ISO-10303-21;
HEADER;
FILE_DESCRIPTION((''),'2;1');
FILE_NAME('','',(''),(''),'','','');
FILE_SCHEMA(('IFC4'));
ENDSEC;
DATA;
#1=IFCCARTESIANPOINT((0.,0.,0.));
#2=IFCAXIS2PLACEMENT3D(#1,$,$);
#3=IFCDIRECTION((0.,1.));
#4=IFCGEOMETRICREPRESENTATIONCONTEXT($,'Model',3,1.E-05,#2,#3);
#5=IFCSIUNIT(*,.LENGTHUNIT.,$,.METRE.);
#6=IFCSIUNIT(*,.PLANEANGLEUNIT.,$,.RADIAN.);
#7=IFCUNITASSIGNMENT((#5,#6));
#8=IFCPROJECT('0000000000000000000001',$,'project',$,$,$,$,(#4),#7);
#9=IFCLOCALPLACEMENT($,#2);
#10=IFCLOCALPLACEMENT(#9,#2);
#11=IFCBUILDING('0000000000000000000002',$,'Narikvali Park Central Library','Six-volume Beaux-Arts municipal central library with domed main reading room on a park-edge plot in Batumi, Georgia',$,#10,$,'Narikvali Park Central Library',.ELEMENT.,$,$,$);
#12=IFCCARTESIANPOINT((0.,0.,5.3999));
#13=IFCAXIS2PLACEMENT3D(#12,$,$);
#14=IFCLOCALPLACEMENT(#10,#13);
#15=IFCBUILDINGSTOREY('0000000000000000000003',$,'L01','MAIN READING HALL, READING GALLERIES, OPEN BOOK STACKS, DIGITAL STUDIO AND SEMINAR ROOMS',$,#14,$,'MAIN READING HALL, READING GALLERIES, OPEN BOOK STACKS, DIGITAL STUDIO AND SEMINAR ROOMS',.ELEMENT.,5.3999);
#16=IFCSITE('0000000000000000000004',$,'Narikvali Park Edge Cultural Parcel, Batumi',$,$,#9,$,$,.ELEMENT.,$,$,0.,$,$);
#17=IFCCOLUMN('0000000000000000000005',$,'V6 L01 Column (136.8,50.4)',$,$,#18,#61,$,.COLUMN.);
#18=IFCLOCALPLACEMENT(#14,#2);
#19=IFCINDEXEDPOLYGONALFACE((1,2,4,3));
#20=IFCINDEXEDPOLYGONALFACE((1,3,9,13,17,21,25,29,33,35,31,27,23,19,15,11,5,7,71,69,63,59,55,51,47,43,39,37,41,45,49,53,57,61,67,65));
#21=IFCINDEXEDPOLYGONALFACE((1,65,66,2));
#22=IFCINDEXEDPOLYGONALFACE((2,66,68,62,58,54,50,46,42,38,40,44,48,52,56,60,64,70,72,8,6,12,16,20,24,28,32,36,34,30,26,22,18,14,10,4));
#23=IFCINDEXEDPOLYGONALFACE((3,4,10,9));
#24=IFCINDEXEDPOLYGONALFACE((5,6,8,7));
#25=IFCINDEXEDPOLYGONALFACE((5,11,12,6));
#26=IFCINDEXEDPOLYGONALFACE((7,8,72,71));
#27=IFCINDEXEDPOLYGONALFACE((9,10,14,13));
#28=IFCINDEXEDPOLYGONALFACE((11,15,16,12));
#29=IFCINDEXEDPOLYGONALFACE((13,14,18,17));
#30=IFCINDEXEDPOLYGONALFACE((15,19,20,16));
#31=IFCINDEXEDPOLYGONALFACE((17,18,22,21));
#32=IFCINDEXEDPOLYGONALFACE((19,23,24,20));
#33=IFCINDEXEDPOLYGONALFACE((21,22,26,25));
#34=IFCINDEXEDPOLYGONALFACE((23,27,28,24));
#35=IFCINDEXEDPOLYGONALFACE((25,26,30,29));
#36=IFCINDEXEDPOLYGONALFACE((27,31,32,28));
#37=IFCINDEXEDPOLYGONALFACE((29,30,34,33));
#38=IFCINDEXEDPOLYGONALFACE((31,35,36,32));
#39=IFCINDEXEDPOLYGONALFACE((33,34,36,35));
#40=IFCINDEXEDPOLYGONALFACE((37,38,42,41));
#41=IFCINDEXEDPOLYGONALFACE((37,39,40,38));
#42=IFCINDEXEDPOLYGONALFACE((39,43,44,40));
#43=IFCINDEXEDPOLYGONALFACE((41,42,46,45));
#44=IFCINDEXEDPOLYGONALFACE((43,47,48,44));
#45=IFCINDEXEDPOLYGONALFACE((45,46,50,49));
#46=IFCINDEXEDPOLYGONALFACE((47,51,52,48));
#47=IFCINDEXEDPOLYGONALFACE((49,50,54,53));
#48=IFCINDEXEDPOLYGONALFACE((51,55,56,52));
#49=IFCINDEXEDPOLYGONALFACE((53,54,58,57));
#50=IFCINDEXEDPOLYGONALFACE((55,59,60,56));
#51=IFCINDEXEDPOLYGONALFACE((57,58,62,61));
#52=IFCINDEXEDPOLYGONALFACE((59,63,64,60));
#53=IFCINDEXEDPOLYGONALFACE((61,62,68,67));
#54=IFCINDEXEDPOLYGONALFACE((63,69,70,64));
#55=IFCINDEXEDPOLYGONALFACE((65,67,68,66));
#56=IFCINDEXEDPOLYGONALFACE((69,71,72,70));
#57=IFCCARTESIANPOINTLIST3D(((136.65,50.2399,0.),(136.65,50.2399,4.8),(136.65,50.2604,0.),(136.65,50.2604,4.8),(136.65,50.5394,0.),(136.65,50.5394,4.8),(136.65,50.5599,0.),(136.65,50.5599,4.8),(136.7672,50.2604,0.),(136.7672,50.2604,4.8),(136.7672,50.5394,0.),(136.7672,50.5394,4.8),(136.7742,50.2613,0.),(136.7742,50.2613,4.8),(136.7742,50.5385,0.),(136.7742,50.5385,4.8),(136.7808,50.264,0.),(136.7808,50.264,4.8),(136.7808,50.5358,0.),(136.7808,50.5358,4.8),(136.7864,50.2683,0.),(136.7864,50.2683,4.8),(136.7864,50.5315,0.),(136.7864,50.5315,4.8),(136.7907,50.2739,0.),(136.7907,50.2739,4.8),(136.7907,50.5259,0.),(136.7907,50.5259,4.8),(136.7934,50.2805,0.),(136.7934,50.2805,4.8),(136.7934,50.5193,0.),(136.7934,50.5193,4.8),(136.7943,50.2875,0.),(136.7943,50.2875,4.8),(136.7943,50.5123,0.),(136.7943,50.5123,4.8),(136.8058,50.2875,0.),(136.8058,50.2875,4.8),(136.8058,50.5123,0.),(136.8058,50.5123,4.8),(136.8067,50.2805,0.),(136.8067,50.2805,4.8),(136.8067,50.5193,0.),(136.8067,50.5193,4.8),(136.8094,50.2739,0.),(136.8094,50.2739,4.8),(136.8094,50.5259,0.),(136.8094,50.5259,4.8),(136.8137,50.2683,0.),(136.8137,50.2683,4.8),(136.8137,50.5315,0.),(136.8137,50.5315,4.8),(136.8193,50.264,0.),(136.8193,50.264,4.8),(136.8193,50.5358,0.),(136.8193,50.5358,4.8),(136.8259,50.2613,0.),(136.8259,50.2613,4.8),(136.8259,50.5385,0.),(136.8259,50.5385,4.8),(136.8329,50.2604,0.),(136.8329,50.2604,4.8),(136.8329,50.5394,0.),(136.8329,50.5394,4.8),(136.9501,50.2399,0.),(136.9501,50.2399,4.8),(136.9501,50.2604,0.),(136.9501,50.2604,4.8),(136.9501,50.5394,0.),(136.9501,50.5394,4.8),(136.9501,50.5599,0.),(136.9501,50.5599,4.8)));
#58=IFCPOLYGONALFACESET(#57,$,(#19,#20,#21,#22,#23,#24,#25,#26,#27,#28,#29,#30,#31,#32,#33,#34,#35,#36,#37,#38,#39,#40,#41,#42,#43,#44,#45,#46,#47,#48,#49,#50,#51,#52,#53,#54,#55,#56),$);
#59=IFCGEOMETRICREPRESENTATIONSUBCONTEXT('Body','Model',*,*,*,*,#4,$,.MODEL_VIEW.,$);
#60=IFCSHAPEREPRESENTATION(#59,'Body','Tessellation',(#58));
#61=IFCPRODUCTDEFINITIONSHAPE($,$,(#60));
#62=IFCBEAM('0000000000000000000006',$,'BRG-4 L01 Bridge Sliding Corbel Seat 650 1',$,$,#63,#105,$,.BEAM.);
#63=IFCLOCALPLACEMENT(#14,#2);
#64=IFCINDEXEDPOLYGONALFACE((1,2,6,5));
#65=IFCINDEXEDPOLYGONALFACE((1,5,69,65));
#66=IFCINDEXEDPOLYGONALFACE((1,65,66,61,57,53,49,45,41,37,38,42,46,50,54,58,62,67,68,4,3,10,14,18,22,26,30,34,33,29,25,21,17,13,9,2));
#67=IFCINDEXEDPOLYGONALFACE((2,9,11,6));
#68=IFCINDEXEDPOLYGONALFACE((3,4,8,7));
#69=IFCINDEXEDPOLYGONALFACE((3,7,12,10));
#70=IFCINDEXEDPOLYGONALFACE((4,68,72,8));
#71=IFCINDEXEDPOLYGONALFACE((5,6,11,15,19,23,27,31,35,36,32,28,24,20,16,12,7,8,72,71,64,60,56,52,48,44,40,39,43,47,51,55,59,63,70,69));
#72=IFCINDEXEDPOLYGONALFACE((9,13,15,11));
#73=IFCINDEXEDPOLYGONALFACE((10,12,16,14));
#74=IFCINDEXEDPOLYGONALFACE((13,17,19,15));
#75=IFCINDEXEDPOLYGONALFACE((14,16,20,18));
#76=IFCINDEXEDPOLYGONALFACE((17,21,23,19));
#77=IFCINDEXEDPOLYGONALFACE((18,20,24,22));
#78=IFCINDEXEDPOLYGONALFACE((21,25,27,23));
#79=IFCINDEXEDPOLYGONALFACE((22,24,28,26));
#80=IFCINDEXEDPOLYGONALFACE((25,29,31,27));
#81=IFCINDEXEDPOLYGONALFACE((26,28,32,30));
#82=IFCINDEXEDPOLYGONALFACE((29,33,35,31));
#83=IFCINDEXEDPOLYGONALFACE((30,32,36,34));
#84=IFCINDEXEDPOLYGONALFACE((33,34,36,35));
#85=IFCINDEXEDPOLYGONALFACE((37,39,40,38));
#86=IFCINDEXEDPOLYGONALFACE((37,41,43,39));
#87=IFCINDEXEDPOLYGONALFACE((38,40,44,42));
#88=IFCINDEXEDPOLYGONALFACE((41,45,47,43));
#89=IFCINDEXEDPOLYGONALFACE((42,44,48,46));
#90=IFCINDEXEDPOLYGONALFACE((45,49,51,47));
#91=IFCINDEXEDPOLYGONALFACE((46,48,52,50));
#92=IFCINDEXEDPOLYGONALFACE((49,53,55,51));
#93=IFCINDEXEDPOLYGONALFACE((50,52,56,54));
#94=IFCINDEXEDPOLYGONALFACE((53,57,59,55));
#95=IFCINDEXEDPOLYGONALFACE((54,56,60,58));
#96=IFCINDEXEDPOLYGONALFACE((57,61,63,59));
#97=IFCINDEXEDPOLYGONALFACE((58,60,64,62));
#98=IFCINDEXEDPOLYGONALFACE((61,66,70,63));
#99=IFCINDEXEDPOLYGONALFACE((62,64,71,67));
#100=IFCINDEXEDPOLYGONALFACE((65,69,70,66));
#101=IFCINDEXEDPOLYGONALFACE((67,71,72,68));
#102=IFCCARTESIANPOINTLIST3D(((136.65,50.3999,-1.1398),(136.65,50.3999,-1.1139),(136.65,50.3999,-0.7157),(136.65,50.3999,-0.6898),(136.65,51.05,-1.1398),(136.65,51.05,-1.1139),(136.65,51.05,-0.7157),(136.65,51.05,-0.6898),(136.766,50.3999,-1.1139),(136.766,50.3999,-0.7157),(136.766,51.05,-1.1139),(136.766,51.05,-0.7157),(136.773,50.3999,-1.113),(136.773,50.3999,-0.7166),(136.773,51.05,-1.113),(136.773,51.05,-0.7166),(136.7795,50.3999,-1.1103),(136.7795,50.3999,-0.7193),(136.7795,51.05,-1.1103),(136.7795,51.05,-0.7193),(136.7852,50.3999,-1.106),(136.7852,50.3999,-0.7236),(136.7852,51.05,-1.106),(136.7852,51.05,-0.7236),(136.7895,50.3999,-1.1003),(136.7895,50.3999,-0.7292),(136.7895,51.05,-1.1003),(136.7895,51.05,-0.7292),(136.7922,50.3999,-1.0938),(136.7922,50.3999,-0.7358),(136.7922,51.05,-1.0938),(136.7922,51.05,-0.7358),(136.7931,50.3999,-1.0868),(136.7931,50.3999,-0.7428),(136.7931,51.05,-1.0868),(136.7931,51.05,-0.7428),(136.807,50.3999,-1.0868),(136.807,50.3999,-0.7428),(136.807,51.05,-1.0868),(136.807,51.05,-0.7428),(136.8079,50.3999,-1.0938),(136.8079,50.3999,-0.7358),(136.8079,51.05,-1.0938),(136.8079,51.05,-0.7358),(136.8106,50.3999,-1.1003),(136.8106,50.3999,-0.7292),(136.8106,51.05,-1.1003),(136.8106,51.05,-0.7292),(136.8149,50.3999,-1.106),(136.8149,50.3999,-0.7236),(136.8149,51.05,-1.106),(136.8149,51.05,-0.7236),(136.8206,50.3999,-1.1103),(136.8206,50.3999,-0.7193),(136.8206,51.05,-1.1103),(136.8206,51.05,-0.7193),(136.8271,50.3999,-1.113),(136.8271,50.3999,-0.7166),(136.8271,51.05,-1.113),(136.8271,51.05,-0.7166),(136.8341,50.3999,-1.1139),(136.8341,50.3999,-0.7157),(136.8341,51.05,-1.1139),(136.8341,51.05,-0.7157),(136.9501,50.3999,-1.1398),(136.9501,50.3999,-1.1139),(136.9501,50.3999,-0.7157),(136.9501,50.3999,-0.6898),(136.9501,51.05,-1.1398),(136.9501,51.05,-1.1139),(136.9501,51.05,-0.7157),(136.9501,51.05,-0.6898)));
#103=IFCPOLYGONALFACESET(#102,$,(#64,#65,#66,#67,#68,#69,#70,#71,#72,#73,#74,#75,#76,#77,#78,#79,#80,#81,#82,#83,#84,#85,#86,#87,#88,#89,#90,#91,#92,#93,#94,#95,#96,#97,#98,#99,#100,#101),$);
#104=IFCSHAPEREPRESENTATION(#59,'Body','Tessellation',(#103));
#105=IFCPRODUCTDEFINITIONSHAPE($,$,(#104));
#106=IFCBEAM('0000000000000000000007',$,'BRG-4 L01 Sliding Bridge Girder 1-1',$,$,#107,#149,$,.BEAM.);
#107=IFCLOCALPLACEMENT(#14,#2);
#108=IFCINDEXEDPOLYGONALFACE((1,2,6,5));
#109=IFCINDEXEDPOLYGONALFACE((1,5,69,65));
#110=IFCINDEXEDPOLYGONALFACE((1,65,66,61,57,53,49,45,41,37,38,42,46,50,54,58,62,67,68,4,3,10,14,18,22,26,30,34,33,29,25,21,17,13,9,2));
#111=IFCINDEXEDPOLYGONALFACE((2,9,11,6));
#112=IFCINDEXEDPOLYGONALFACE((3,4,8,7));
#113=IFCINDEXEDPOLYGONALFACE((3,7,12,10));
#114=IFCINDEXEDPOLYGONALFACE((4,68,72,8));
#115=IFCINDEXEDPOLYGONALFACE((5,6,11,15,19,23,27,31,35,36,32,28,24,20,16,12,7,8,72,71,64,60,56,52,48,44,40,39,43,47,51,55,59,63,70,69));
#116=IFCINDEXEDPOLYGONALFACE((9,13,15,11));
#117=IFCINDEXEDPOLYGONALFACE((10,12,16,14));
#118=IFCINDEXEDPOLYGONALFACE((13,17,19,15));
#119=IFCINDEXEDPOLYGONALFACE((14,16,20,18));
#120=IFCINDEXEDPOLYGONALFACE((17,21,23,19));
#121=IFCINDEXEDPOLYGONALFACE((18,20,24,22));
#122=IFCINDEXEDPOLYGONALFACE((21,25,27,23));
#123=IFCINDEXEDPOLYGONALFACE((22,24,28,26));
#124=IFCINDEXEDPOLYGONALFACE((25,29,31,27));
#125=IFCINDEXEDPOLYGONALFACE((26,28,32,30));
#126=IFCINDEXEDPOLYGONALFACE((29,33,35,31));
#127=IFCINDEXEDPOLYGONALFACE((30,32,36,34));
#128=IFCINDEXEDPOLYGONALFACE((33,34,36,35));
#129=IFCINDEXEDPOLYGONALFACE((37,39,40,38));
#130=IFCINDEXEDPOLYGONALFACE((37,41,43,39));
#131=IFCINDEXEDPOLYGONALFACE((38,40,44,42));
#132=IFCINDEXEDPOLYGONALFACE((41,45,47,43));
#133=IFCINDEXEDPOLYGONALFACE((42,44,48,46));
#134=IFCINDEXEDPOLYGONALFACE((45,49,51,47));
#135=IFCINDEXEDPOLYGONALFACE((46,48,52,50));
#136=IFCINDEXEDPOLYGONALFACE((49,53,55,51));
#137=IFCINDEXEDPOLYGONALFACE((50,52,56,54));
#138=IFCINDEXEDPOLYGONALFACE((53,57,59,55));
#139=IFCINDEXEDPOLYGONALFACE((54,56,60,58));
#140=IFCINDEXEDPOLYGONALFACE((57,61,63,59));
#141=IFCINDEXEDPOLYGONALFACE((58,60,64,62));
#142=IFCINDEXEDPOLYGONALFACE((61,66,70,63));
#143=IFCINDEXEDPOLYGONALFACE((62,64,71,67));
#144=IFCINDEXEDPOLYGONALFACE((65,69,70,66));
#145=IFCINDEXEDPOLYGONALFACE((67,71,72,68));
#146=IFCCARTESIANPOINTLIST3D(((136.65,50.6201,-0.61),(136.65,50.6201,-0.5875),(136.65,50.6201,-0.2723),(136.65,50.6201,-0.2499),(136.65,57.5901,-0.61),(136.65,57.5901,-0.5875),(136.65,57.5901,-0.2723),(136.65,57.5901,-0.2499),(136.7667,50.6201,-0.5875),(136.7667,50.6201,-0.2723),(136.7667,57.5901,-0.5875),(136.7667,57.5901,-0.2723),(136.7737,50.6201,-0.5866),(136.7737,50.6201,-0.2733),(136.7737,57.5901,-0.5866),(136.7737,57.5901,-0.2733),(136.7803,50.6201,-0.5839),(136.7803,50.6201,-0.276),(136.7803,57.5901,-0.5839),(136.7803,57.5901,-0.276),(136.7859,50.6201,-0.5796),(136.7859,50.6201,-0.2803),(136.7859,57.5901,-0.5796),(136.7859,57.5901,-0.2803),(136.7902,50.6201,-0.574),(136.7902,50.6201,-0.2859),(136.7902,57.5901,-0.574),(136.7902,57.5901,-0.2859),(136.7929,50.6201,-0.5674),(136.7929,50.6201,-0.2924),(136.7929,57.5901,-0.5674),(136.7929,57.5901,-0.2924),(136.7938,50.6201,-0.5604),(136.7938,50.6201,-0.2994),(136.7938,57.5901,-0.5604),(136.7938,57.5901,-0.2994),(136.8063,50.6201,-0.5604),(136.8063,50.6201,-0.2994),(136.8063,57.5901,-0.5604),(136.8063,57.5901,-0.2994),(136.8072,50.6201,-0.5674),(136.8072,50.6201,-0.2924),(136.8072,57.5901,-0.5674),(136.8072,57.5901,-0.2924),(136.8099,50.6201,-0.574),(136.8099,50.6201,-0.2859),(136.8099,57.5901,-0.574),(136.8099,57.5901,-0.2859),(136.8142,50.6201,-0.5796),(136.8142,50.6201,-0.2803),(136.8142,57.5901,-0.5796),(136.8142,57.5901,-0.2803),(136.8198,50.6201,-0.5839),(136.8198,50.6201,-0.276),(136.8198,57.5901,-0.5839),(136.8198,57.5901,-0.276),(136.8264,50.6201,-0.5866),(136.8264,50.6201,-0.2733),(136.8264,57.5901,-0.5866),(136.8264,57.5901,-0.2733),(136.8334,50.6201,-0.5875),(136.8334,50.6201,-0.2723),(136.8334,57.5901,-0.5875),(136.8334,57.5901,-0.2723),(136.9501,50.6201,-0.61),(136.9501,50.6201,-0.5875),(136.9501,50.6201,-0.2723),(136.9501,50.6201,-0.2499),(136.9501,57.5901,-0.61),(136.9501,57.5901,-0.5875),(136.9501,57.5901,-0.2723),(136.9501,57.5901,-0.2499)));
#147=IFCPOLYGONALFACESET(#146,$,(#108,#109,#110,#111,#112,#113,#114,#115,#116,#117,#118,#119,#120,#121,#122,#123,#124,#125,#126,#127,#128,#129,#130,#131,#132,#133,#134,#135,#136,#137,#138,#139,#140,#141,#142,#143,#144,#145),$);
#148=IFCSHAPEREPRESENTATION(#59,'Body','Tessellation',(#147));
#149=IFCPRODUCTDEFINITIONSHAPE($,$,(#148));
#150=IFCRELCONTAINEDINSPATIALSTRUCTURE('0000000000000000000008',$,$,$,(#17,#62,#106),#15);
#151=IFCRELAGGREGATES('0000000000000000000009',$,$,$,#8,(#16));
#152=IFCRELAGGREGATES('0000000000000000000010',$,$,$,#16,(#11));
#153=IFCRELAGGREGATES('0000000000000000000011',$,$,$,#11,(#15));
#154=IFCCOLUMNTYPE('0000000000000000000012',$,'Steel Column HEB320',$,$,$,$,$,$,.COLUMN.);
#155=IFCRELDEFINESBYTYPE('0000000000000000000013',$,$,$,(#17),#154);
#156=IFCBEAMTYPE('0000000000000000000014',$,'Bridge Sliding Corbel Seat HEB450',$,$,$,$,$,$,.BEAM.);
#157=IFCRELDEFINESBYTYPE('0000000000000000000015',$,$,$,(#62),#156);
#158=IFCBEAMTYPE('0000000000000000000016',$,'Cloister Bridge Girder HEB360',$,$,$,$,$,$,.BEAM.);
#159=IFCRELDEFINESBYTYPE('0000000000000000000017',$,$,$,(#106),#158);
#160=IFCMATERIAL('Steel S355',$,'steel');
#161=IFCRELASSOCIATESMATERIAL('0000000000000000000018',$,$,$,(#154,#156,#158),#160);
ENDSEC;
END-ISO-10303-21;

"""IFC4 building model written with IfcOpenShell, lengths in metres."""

from ifc_helpers import new_model, si_unit, direction, frame, origin, origin_2d, place, context, subcontext, project, spatial, i_section, extrude, material, material_profile, profile_set, type_object, element, save


model = new_model("IFC4")

# Units and contexts
model_context = context("Model", 3, precision=1e-05, world=origin(), true_north=direction((0.0, 1.0)))
body_context = subcontext(model_context, "Body", "Model", "MODEL_VIEW")
ifc_project = project(units=[si_unit("LENGTHUNIT", "METRE"), si_unit("PLANEANGLEUNIT", "RADIAN")], contexts=[model_context])

# Site, building, storey
site_placement = place(None, origin())
site = spatial("IfcSite", under=ifc_project, at=site_placement, Name="Narikvali Park Edge Cultural Parcel, Batumi", CompositionType="ELEMENT", RefElevation=0.0)
building_placement = place(site_placement, origin())
building = spatial("IfcBuilding", under=site, at=building_placement, Name="Narikvali Park Central Library", Description="Six-volume Beaux-Arts municipal central library with domed main reading room on a park-edge plot in Batumi, Georgia", LongName="Narikvali Park Central Library", CompositionType="ELEMENT")
storey_placement = place(building_placement, frame((0.0, 0.0, 5.3999)))
storey = spatial("IfcBuildingStorey", under=building, at=storey_placement, Name="L01", Description="MAIN READING HALL, READING GALLERIES, OPEN BOOK STACKS, DIGITAL STUDIO AND SEMINAR ROOMS", LongName="MAIN READING HALL, READING GALLERIES, OPEN BOOK STACKS, DIGITAL STUDIO AND SEMINAR ROOMS", CompositionType="ELEMENT", Elevation=5.3999)

# Column
ifc_material_1 = material(Name="Steel S355", Category="steel")
ifc_material_profile_1 = material_profile(ifc_material_1, i_section(OverallWidth=0.3, OverallDepth=0.3201, WebThickness=0.0115, FlangeThickness=0.0205, FilletRadius=0.0271, at=origin_2d()), Name="HEB 320")
ifc_profile_set_1 = profile_set([ifc_material_profile_1], Name="Steel S355")
column_type_1 = type_object("IfcColumnType", Name="Steel Column HEB320", PredefinedType="COLUMN", material=ifc_profile_set_1)
for number, where, z_axis, x_axis, name in (
    (1, (136.8, 50.3999, 0.0), (0.0, 0.0, 1.0), (1.0, 0.0, 0.0), "V6 L01 Column (136.8,50.4)"),
):
    element("IfcColumn", number, at=place(storey_placement, frame(where, z_axis=z_axis, x_axis=x_axis)), inside=storey, type_object=column_type_1, Name=name, PredefinedType="COLUMN", context=body_context, shape_type="SweptSolid", body=[
        extrude(i_section(OverallWidth=0.3, OverallDepth=0.3201, WebThickness=0.0115, FlangeThickness=0.0205, FilletRadius=0.0271, at=origin_2d()), origin(), (0.0, 0.0, 1.0), 4.8),
    ])

# Beams
ifc_material_profile_2 = material_profile(ifc_material_1, i_section(OverallWidth=0.3, OverallDepth=0.45, WebThickness=0.0139, FlangeThickness=0.0259, FilletRadius=0.0271, at=origin_2d()), Name="HEB 450")
ifc_profile_set_2 = profile_set([ifc_material_profile_2], Name="Steel S355")
beam_type_1 = type_object("IfcBeamType", Name="Bridge Sliding Corbel Seat HEB450", PredefinedType="BEAM", material=ifc_profile_set_2)
beam_1_placement = place(storey_placement, frame((136.8, 50.3999, -0.9148), z_axis=(0.0, 1.0, 0.0), x_axis=(-1.0, 0.0, 0.0)))
element("IfcBeam", 2, at=beam_1_placement, inside=storey, type_object=beam_type_1, Name="BRG-4 L01 Bridge Sliding Corbel Seat 650 1", PredefinedType="BEAM", context=body_context, shape_type="SweptSolid", body=[
    extrude(i_section(OverallWidth=0.3, OverallDepth=0.45, WebThickness=0.0139, FlangeThickness=0.0259, FilletRadius=0.0271, at=origin_2d()), origin(), (0.0, 0.0, 1.0), 0.6501),
])
ifc_material_profile_3 = material_profile(ifc_material_1, i_section(OverallWidth=0.3, OverallDepth=0.3601, WebThickness=0.0125, FlangeThickness=0.0225, FilletRadius=0.0271, at=origin_2d()), Name="HEB 360")
ifc_profile_set_3 = profile_set([ifc_material_profile_3], Name="Steel S355")
beam_type_2 = type_object("IfcBeamType", Name="Cloister Bridge Girder HEB360", PredefinedType="BEAM", material=ifc_profile_set_3)
beam_2_placement = place(storey_placement, frame((136.8, 50.6201, -0.4299), z_axis=(0.0, 1.0, 0.0), x_axis=(-1.0, 0.0, 0.0)))
element("IfcBeam", 3, at=beam_2_placement, inside=storey, type_object=beam_type_2, Name="BRG-4 L01 Sliding Bridge Girder 1-1", PredefinedType="BEAM", context=body_context, shape_type="SweptSolid", body=[
    extrude(i_section(OverallWidth=0.3, OverallDepth=0.3601, WebThickness=0.0125, FlangeThickness=0.0225, FilletRadius=0.0271, at=origin_2d()), origin(), (0.0, 0.0, 1.0), 6.97),
])

save(model, "model.ifc")
